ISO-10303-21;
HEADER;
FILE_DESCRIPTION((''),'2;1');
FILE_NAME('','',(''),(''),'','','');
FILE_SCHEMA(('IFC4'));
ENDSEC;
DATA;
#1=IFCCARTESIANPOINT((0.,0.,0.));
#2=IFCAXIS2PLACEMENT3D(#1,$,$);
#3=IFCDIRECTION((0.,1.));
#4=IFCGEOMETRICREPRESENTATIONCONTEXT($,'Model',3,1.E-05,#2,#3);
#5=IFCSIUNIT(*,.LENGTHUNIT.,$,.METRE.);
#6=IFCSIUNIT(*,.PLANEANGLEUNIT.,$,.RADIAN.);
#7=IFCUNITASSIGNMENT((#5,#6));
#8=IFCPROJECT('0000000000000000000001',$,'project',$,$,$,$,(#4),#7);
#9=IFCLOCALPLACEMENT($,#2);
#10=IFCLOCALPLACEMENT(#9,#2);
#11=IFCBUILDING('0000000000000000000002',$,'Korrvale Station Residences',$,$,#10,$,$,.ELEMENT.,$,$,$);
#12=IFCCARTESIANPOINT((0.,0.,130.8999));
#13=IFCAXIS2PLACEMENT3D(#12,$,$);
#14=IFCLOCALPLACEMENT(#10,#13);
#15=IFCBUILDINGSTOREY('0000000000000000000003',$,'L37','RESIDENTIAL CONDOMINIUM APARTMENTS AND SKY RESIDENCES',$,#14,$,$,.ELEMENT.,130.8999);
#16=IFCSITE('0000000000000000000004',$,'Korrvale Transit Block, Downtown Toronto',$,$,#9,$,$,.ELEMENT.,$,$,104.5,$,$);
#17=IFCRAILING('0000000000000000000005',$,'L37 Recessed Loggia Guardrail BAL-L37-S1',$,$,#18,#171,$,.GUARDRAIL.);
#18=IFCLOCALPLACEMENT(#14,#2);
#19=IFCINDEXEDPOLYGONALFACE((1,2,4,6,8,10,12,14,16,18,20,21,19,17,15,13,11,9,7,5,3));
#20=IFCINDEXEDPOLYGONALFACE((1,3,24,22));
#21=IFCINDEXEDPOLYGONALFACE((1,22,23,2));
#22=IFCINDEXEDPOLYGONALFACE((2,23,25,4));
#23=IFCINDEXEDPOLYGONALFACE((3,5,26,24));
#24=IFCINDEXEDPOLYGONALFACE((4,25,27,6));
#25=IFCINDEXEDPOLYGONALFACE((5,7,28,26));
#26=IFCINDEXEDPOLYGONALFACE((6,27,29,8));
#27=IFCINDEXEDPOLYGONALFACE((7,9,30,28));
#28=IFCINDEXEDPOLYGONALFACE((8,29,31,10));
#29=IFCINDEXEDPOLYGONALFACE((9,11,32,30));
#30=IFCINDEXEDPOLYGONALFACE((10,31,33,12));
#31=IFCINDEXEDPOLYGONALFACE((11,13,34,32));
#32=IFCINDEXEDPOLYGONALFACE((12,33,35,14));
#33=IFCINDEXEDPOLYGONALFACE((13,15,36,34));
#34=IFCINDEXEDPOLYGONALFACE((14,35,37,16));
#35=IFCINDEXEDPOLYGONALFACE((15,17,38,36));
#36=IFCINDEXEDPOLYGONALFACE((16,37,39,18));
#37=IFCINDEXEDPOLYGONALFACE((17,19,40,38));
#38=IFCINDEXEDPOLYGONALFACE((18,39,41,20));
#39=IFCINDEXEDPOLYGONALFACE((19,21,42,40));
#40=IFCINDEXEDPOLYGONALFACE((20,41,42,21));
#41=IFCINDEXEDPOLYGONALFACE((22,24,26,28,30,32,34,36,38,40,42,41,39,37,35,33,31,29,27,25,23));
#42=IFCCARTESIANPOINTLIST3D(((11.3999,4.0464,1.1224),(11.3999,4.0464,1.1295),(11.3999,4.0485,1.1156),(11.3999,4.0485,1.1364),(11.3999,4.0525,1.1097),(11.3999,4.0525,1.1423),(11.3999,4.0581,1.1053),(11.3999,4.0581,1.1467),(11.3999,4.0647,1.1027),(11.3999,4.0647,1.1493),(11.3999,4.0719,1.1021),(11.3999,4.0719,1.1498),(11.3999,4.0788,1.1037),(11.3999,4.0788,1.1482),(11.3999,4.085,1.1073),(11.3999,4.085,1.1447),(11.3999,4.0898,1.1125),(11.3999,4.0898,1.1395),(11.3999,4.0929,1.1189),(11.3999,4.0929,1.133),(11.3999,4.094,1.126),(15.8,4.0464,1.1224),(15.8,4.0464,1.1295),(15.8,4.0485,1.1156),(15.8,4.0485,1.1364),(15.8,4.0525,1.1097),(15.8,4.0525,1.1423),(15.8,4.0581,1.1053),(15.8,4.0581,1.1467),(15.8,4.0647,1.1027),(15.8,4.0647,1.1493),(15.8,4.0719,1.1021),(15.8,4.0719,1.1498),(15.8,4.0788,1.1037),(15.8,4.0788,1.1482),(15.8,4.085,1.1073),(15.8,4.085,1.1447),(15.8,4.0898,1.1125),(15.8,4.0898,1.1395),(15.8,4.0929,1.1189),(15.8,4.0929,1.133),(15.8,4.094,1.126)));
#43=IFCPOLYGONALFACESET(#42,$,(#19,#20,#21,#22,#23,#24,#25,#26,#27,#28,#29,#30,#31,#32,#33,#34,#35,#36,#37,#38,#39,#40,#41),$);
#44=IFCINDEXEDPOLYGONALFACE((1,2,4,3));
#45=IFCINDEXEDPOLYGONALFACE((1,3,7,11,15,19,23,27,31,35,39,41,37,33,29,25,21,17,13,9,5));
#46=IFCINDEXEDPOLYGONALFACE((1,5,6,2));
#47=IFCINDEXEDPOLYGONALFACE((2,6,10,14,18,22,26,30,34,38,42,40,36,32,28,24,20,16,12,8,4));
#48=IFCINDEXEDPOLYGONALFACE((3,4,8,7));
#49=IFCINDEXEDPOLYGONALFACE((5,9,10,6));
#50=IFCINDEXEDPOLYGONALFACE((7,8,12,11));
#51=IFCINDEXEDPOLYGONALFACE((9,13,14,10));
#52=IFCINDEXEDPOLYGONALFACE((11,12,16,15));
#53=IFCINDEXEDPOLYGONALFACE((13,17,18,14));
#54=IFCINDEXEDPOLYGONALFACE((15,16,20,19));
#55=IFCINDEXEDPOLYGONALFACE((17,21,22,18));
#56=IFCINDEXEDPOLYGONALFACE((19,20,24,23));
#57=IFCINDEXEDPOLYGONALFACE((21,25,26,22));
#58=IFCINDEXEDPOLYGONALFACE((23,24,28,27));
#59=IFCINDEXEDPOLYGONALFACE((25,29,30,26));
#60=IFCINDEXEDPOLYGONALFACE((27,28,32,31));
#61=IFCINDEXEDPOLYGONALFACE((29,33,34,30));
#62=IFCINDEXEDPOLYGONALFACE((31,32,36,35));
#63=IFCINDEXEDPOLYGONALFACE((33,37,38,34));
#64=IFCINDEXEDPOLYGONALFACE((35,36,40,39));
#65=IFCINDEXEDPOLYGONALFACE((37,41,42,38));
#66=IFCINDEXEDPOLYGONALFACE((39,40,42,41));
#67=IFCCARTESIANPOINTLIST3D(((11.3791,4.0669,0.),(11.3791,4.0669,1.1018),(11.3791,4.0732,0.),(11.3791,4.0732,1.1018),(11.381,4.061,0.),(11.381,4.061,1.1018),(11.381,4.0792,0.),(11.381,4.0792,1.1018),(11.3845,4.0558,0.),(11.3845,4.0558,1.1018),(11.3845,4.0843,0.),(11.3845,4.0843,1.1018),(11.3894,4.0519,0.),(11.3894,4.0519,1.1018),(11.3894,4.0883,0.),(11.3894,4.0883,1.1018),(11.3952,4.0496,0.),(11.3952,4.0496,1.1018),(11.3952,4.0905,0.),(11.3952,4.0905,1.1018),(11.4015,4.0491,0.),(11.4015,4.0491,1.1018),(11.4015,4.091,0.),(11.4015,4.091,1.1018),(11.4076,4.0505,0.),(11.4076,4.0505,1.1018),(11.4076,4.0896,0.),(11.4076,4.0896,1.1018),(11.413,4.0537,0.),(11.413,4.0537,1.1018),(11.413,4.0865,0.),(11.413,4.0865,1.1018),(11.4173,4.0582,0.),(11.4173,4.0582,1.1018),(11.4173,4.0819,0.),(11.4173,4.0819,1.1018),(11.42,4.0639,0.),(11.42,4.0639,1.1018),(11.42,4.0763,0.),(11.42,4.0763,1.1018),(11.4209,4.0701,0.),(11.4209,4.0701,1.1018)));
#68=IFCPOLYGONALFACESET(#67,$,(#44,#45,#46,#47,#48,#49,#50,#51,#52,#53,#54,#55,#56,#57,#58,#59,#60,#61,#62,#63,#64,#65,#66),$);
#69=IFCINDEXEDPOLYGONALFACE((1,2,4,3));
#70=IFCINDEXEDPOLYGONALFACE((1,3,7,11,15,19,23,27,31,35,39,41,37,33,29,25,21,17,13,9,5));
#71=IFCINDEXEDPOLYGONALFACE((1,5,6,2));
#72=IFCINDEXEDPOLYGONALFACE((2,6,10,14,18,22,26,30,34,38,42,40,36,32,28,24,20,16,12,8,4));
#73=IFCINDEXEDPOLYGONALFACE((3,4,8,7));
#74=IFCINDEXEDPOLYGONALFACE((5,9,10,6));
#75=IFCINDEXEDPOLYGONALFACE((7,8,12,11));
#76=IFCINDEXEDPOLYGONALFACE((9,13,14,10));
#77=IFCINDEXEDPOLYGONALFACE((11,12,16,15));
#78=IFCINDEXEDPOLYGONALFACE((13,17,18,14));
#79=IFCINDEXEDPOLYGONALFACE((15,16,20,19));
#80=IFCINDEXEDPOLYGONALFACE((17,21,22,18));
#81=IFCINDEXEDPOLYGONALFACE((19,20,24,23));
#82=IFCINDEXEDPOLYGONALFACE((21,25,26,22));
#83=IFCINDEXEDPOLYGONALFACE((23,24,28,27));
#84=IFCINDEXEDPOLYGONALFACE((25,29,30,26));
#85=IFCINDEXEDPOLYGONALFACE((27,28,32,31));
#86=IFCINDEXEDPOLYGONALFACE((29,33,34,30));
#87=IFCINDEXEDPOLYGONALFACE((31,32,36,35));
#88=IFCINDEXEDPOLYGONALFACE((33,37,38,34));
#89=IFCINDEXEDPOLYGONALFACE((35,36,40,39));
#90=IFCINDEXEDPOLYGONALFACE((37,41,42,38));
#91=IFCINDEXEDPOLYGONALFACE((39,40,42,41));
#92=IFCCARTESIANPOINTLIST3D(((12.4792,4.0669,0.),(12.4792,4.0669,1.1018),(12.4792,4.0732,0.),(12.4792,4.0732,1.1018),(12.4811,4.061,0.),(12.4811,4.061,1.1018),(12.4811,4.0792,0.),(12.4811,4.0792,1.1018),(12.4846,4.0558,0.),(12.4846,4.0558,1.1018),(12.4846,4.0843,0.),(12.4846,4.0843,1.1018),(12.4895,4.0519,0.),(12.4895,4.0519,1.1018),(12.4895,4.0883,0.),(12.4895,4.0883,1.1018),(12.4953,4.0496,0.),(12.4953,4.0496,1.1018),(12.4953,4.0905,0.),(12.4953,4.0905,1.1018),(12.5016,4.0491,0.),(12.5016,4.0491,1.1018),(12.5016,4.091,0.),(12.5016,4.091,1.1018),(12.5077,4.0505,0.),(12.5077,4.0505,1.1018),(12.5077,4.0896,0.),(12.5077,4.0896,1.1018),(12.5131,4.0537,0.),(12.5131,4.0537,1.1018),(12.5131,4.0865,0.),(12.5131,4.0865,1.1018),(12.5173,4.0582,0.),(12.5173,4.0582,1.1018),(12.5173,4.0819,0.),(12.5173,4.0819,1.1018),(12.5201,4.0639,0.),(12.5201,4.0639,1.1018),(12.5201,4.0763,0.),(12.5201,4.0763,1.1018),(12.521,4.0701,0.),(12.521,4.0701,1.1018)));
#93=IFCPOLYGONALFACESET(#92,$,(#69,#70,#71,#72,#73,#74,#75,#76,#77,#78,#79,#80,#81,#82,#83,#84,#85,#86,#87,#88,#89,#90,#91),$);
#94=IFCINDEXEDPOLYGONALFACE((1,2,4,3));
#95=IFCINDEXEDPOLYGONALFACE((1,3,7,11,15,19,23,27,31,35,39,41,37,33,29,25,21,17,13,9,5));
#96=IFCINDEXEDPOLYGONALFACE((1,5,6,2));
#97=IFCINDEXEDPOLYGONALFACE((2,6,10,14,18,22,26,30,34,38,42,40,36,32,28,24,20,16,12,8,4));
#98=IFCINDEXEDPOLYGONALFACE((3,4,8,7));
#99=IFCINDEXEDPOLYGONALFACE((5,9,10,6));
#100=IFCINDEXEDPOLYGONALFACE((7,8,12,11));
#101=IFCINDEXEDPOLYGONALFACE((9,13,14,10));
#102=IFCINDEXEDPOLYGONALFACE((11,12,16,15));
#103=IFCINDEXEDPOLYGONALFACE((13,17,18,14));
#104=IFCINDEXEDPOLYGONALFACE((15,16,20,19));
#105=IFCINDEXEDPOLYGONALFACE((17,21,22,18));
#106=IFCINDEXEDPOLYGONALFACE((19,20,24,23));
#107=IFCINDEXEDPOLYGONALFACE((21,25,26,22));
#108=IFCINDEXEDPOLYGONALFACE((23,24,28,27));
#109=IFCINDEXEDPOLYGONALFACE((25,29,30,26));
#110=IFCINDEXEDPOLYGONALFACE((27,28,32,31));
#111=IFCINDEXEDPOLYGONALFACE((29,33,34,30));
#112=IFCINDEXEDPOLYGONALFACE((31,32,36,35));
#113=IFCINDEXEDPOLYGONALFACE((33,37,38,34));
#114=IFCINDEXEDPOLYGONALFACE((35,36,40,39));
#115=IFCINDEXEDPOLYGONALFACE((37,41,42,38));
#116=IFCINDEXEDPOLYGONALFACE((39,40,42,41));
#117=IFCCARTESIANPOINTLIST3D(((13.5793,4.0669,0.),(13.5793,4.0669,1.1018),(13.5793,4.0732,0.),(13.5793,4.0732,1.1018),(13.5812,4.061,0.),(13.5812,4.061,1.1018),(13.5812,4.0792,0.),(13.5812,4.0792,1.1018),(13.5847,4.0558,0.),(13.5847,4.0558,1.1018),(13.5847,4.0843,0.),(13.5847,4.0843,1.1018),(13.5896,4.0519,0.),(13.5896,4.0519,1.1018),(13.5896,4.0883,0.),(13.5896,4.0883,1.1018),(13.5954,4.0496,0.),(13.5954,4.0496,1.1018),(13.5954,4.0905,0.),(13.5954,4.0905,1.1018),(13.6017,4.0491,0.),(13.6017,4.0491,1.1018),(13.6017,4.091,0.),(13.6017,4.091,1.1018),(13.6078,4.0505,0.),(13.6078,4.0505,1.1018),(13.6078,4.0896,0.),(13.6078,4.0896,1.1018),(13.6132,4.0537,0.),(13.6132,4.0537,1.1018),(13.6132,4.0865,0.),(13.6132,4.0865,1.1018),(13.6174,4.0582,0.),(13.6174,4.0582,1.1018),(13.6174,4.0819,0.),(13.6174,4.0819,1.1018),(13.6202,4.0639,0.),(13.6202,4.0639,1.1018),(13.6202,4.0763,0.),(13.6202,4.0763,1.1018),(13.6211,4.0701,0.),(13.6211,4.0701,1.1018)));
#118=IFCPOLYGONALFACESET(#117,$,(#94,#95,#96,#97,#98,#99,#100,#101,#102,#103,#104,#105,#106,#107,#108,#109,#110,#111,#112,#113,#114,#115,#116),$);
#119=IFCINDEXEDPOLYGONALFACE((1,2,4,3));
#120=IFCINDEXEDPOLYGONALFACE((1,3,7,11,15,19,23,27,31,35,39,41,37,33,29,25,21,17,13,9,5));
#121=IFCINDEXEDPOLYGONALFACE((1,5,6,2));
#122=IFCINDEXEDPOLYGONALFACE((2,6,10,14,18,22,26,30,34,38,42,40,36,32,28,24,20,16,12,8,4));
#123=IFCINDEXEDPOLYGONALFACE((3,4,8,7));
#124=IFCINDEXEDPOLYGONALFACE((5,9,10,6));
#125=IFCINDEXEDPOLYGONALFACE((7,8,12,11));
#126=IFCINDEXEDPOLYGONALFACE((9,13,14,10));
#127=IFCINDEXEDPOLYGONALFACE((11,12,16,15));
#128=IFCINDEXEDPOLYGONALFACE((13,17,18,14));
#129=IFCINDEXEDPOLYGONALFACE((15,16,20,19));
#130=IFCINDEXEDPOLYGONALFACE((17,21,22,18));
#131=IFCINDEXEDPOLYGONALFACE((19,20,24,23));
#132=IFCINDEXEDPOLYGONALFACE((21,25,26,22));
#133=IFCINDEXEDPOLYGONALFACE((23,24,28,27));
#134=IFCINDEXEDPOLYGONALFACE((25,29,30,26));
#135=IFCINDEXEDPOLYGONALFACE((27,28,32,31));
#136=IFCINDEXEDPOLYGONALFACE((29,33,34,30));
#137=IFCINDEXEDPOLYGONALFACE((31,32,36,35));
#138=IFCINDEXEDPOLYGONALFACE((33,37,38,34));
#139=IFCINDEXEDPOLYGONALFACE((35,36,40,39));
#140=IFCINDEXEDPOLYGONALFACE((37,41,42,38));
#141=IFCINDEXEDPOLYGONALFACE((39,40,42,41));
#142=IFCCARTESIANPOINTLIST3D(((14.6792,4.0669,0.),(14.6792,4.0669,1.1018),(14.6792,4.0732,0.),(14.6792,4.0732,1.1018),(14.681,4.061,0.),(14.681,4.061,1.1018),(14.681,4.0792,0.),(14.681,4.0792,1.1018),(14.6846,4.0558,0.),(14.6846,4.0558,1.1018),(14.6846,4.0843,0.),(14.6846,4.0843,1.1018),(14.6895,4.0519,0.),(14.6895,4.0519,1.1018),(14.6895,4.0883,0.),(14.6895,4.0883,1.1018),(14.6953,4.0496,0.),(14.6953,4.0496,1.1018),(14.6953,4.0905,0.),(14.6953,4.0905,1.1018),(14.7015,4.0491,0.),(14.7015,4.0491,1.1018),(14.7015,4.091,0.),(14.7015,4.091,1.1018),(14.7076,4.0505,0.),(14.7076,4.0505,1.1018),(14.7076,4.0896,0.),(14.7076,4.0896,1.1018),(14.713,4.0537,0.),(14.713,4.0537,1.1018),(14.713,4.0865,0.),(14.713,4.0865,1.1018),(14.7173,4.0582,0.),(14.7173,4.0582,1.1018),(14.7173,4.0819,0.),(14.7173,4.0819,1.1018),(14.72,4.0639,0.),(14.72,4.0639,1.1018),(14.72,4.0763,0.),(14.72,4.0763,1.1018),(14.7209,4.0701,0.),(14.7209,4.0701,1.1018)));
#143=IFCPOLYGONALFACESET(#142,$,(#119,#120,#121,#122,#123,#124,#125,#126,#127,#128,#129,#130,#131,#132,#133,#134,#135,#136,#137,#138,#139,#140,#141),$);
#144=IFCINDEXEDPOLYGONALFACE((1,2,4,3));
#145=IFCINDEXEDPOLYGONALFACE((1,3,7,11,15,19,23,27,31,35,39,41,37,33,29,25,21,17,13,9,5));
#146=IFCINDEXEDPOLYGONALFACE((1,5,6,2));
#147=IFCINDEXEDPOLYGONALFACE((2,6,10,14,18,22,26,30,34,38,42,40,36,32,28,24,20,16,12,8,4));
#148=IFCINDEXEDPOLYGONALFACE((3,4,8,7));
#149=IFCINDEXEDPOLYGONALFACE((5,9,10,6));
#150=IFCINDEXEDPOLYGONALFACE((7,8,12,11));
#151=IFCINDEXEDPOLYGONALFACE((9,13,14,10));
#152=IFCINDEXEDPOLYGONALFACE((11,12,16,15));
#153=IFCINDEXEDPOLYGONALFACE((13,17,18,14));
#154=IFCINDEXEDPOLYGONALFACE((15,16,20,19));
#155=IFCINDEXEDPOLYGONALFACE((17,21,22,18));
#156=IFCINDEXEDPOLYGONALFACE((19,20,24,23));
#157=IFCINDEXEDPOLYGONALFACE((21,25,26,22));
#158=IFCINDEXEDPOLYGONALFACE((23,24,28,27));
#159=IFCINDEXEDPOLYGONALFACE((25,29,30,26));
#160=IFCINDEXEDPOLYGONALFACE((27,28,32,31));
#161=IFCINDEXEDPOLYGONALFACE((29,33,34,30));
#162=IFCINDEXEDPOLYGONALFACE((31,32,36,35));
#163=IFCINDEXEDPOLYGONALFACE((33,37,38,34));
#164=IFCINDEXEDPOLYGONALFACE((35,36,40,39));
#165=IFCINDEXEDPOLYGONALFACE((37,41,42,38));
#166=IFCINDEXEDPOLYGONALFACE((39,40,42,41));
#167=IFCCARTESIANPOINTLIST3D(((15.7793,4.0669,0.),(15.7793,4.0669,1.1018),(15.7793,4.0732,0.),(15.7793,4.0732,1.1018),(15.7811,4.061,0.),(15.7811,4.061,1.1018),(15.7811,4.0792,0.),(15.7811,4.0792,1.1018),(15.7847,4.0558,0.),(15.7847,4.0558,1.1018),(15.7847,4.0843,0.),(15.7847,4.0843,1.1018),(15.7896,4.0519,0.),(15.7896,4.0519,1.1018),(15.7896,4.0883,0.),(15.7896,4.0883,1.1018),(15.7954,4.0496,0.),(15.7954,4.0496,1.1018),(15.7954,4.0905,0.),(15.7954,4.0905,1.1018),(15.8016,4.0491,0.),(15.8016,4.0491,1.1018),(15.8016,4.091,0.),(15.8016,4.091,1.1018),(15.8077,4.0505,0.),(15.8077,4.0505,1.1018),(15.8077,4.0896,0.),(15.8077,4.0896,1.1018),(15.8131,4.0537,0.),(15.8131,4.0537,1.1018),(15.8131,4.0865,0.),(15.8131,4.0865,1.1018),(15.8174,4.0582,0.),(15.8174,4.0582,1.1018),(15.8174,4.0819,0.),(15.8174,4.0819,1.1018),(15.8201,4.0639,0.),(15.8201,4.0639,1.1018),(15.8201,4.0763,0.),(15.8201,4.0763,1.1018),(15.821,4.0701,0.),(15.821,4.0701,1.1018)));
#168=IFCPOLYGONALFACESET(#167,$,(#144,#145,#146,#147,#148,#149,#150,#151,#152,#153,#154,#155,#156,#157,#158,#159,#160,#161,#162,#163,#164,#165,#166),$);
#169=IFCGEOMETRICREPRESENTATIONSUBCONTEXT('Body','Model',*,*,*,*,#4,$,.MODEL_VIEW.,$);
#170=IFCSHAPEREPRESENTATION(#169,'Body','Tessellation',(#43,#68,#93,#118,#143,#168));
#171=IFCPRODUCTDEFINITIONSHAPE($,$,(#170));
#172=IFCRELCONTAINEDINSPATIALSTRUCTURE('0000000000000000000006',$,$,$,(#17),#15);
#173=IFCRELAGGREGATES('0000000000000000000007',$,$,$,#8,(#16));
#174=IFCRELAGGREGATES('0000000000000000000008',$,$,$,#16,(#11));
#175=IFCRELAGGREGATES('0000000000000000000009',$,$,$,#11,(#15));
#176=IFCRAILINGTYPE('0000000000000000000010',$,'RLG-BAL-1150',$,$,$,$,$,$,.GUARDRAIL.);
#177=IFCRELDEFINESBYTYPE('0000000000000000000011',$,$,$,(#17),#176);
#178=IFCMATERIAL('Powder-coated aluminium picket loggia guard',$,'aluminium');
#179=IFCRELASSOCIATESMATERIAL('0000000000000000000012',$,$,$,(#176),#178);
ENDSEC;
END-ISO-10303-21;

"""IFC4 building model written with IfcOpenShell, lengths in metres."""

from ifc_helpers import new_model, si_unit, direction, frame, origin, origin_2d, place, context, subcontext, project, spatial, circle, extrude, material, type_object, element, save


model = new_model("IFC4")

# Units and contexts
model_context = context("Model", 3, precision=1e-05, world=origin(), true_north=direction((0.0, 1.0)))
body_context = subcontext(model_context, "Body", "Model", "MODEL_VIEW")
ifc_project = project(units=[si_unit("LENGTHUNIT", "METRE"), si_unit("PLANEANGLEUNIT", "RADIAN")], contexts=[model_context])

# Site, building, storey
site_placement = place(None, origin())
site = spatial("IfcSite", under=ifc_project, at=site_placement, Name="Korrvale Transit Block, Downtown Toronto", CompositionType="ELEMENT", RefElevation=104.5)
building_placement = place(site_placement, origin())
building = spatial("IfcBuilding", under=site, at=building_placement, Name="Korrvale Station Residences", CompositionType="ELEMENT")
storey_placement = place(building_placement, frame((0.0, 0.0, 130.8999)))
storey = spatial("IfcBuildingStorey", under=building, at=storey_placement, Name="L37", Description="RESIDENTIAL CONDOMINIUM APARTMENTS AND SKY RESIDENCES", CompositionType="ELEMENT", Elevation=130.8999)

# Railing
ifc_material_1 = material(Name="Powder-coated aluminium picket loggia guard", Category="aluminium")
railing_type = type_object("IfcRailingType", Name="RLG-BAL-1150", PredefinedType="GUARDRAIL", material=ifc_material_1)
railing_placement = place(storey_placement, frame((11.3999, 4.0701, 0.0)))
element("IfcRailing", 1, at=railing_placement, inside=storey, type_object=railing_type, Name="L37 Recessed Loggia Guardrail BAL-L37-S1", PredefinedType="GUARDRAIL", context=body_context, shape_type="SweptSolid", body=[
    extrude(circle(Radius=0.0239, at=origin_2d()), frame((0.0, 0.0, 1.126), z_axis=(1.0, 0.0, 0.0), x_axis=(0.0, 1.0, 0.0)), (0.0, 0.0, 1.0), 4.4001),
    extrude(circle(Radius=0.021, at=origin_2d()), origin(), (0.0, 0.0, 1.0), 1.1018),
    extrude(circle(Radius=0.021, at=origin_2d()), frame((1.1001, 0.0, 0.0)), (0.0, 0.0, 1.0), 1.1018),
    extrude(circle(Radius=0.021, at=origin_2d()), frame((2.2002, 0.0, 0.0)), (0.0, 0.0, 1.0), 1.1018),
    extrude(circle(Radius=0.021, at=origin_2d()), frame((3.3, 0.0, 0.0)), (0.0, 0.0, 1.0), 1.1018),
    extrude(circle(Radius=0.021, at=origin_2d()), frame((4.4001, 0.0, 0.0)), (0.0, 0.0, 1.0), 1.1018),
])

save(model, "model.ifc")
